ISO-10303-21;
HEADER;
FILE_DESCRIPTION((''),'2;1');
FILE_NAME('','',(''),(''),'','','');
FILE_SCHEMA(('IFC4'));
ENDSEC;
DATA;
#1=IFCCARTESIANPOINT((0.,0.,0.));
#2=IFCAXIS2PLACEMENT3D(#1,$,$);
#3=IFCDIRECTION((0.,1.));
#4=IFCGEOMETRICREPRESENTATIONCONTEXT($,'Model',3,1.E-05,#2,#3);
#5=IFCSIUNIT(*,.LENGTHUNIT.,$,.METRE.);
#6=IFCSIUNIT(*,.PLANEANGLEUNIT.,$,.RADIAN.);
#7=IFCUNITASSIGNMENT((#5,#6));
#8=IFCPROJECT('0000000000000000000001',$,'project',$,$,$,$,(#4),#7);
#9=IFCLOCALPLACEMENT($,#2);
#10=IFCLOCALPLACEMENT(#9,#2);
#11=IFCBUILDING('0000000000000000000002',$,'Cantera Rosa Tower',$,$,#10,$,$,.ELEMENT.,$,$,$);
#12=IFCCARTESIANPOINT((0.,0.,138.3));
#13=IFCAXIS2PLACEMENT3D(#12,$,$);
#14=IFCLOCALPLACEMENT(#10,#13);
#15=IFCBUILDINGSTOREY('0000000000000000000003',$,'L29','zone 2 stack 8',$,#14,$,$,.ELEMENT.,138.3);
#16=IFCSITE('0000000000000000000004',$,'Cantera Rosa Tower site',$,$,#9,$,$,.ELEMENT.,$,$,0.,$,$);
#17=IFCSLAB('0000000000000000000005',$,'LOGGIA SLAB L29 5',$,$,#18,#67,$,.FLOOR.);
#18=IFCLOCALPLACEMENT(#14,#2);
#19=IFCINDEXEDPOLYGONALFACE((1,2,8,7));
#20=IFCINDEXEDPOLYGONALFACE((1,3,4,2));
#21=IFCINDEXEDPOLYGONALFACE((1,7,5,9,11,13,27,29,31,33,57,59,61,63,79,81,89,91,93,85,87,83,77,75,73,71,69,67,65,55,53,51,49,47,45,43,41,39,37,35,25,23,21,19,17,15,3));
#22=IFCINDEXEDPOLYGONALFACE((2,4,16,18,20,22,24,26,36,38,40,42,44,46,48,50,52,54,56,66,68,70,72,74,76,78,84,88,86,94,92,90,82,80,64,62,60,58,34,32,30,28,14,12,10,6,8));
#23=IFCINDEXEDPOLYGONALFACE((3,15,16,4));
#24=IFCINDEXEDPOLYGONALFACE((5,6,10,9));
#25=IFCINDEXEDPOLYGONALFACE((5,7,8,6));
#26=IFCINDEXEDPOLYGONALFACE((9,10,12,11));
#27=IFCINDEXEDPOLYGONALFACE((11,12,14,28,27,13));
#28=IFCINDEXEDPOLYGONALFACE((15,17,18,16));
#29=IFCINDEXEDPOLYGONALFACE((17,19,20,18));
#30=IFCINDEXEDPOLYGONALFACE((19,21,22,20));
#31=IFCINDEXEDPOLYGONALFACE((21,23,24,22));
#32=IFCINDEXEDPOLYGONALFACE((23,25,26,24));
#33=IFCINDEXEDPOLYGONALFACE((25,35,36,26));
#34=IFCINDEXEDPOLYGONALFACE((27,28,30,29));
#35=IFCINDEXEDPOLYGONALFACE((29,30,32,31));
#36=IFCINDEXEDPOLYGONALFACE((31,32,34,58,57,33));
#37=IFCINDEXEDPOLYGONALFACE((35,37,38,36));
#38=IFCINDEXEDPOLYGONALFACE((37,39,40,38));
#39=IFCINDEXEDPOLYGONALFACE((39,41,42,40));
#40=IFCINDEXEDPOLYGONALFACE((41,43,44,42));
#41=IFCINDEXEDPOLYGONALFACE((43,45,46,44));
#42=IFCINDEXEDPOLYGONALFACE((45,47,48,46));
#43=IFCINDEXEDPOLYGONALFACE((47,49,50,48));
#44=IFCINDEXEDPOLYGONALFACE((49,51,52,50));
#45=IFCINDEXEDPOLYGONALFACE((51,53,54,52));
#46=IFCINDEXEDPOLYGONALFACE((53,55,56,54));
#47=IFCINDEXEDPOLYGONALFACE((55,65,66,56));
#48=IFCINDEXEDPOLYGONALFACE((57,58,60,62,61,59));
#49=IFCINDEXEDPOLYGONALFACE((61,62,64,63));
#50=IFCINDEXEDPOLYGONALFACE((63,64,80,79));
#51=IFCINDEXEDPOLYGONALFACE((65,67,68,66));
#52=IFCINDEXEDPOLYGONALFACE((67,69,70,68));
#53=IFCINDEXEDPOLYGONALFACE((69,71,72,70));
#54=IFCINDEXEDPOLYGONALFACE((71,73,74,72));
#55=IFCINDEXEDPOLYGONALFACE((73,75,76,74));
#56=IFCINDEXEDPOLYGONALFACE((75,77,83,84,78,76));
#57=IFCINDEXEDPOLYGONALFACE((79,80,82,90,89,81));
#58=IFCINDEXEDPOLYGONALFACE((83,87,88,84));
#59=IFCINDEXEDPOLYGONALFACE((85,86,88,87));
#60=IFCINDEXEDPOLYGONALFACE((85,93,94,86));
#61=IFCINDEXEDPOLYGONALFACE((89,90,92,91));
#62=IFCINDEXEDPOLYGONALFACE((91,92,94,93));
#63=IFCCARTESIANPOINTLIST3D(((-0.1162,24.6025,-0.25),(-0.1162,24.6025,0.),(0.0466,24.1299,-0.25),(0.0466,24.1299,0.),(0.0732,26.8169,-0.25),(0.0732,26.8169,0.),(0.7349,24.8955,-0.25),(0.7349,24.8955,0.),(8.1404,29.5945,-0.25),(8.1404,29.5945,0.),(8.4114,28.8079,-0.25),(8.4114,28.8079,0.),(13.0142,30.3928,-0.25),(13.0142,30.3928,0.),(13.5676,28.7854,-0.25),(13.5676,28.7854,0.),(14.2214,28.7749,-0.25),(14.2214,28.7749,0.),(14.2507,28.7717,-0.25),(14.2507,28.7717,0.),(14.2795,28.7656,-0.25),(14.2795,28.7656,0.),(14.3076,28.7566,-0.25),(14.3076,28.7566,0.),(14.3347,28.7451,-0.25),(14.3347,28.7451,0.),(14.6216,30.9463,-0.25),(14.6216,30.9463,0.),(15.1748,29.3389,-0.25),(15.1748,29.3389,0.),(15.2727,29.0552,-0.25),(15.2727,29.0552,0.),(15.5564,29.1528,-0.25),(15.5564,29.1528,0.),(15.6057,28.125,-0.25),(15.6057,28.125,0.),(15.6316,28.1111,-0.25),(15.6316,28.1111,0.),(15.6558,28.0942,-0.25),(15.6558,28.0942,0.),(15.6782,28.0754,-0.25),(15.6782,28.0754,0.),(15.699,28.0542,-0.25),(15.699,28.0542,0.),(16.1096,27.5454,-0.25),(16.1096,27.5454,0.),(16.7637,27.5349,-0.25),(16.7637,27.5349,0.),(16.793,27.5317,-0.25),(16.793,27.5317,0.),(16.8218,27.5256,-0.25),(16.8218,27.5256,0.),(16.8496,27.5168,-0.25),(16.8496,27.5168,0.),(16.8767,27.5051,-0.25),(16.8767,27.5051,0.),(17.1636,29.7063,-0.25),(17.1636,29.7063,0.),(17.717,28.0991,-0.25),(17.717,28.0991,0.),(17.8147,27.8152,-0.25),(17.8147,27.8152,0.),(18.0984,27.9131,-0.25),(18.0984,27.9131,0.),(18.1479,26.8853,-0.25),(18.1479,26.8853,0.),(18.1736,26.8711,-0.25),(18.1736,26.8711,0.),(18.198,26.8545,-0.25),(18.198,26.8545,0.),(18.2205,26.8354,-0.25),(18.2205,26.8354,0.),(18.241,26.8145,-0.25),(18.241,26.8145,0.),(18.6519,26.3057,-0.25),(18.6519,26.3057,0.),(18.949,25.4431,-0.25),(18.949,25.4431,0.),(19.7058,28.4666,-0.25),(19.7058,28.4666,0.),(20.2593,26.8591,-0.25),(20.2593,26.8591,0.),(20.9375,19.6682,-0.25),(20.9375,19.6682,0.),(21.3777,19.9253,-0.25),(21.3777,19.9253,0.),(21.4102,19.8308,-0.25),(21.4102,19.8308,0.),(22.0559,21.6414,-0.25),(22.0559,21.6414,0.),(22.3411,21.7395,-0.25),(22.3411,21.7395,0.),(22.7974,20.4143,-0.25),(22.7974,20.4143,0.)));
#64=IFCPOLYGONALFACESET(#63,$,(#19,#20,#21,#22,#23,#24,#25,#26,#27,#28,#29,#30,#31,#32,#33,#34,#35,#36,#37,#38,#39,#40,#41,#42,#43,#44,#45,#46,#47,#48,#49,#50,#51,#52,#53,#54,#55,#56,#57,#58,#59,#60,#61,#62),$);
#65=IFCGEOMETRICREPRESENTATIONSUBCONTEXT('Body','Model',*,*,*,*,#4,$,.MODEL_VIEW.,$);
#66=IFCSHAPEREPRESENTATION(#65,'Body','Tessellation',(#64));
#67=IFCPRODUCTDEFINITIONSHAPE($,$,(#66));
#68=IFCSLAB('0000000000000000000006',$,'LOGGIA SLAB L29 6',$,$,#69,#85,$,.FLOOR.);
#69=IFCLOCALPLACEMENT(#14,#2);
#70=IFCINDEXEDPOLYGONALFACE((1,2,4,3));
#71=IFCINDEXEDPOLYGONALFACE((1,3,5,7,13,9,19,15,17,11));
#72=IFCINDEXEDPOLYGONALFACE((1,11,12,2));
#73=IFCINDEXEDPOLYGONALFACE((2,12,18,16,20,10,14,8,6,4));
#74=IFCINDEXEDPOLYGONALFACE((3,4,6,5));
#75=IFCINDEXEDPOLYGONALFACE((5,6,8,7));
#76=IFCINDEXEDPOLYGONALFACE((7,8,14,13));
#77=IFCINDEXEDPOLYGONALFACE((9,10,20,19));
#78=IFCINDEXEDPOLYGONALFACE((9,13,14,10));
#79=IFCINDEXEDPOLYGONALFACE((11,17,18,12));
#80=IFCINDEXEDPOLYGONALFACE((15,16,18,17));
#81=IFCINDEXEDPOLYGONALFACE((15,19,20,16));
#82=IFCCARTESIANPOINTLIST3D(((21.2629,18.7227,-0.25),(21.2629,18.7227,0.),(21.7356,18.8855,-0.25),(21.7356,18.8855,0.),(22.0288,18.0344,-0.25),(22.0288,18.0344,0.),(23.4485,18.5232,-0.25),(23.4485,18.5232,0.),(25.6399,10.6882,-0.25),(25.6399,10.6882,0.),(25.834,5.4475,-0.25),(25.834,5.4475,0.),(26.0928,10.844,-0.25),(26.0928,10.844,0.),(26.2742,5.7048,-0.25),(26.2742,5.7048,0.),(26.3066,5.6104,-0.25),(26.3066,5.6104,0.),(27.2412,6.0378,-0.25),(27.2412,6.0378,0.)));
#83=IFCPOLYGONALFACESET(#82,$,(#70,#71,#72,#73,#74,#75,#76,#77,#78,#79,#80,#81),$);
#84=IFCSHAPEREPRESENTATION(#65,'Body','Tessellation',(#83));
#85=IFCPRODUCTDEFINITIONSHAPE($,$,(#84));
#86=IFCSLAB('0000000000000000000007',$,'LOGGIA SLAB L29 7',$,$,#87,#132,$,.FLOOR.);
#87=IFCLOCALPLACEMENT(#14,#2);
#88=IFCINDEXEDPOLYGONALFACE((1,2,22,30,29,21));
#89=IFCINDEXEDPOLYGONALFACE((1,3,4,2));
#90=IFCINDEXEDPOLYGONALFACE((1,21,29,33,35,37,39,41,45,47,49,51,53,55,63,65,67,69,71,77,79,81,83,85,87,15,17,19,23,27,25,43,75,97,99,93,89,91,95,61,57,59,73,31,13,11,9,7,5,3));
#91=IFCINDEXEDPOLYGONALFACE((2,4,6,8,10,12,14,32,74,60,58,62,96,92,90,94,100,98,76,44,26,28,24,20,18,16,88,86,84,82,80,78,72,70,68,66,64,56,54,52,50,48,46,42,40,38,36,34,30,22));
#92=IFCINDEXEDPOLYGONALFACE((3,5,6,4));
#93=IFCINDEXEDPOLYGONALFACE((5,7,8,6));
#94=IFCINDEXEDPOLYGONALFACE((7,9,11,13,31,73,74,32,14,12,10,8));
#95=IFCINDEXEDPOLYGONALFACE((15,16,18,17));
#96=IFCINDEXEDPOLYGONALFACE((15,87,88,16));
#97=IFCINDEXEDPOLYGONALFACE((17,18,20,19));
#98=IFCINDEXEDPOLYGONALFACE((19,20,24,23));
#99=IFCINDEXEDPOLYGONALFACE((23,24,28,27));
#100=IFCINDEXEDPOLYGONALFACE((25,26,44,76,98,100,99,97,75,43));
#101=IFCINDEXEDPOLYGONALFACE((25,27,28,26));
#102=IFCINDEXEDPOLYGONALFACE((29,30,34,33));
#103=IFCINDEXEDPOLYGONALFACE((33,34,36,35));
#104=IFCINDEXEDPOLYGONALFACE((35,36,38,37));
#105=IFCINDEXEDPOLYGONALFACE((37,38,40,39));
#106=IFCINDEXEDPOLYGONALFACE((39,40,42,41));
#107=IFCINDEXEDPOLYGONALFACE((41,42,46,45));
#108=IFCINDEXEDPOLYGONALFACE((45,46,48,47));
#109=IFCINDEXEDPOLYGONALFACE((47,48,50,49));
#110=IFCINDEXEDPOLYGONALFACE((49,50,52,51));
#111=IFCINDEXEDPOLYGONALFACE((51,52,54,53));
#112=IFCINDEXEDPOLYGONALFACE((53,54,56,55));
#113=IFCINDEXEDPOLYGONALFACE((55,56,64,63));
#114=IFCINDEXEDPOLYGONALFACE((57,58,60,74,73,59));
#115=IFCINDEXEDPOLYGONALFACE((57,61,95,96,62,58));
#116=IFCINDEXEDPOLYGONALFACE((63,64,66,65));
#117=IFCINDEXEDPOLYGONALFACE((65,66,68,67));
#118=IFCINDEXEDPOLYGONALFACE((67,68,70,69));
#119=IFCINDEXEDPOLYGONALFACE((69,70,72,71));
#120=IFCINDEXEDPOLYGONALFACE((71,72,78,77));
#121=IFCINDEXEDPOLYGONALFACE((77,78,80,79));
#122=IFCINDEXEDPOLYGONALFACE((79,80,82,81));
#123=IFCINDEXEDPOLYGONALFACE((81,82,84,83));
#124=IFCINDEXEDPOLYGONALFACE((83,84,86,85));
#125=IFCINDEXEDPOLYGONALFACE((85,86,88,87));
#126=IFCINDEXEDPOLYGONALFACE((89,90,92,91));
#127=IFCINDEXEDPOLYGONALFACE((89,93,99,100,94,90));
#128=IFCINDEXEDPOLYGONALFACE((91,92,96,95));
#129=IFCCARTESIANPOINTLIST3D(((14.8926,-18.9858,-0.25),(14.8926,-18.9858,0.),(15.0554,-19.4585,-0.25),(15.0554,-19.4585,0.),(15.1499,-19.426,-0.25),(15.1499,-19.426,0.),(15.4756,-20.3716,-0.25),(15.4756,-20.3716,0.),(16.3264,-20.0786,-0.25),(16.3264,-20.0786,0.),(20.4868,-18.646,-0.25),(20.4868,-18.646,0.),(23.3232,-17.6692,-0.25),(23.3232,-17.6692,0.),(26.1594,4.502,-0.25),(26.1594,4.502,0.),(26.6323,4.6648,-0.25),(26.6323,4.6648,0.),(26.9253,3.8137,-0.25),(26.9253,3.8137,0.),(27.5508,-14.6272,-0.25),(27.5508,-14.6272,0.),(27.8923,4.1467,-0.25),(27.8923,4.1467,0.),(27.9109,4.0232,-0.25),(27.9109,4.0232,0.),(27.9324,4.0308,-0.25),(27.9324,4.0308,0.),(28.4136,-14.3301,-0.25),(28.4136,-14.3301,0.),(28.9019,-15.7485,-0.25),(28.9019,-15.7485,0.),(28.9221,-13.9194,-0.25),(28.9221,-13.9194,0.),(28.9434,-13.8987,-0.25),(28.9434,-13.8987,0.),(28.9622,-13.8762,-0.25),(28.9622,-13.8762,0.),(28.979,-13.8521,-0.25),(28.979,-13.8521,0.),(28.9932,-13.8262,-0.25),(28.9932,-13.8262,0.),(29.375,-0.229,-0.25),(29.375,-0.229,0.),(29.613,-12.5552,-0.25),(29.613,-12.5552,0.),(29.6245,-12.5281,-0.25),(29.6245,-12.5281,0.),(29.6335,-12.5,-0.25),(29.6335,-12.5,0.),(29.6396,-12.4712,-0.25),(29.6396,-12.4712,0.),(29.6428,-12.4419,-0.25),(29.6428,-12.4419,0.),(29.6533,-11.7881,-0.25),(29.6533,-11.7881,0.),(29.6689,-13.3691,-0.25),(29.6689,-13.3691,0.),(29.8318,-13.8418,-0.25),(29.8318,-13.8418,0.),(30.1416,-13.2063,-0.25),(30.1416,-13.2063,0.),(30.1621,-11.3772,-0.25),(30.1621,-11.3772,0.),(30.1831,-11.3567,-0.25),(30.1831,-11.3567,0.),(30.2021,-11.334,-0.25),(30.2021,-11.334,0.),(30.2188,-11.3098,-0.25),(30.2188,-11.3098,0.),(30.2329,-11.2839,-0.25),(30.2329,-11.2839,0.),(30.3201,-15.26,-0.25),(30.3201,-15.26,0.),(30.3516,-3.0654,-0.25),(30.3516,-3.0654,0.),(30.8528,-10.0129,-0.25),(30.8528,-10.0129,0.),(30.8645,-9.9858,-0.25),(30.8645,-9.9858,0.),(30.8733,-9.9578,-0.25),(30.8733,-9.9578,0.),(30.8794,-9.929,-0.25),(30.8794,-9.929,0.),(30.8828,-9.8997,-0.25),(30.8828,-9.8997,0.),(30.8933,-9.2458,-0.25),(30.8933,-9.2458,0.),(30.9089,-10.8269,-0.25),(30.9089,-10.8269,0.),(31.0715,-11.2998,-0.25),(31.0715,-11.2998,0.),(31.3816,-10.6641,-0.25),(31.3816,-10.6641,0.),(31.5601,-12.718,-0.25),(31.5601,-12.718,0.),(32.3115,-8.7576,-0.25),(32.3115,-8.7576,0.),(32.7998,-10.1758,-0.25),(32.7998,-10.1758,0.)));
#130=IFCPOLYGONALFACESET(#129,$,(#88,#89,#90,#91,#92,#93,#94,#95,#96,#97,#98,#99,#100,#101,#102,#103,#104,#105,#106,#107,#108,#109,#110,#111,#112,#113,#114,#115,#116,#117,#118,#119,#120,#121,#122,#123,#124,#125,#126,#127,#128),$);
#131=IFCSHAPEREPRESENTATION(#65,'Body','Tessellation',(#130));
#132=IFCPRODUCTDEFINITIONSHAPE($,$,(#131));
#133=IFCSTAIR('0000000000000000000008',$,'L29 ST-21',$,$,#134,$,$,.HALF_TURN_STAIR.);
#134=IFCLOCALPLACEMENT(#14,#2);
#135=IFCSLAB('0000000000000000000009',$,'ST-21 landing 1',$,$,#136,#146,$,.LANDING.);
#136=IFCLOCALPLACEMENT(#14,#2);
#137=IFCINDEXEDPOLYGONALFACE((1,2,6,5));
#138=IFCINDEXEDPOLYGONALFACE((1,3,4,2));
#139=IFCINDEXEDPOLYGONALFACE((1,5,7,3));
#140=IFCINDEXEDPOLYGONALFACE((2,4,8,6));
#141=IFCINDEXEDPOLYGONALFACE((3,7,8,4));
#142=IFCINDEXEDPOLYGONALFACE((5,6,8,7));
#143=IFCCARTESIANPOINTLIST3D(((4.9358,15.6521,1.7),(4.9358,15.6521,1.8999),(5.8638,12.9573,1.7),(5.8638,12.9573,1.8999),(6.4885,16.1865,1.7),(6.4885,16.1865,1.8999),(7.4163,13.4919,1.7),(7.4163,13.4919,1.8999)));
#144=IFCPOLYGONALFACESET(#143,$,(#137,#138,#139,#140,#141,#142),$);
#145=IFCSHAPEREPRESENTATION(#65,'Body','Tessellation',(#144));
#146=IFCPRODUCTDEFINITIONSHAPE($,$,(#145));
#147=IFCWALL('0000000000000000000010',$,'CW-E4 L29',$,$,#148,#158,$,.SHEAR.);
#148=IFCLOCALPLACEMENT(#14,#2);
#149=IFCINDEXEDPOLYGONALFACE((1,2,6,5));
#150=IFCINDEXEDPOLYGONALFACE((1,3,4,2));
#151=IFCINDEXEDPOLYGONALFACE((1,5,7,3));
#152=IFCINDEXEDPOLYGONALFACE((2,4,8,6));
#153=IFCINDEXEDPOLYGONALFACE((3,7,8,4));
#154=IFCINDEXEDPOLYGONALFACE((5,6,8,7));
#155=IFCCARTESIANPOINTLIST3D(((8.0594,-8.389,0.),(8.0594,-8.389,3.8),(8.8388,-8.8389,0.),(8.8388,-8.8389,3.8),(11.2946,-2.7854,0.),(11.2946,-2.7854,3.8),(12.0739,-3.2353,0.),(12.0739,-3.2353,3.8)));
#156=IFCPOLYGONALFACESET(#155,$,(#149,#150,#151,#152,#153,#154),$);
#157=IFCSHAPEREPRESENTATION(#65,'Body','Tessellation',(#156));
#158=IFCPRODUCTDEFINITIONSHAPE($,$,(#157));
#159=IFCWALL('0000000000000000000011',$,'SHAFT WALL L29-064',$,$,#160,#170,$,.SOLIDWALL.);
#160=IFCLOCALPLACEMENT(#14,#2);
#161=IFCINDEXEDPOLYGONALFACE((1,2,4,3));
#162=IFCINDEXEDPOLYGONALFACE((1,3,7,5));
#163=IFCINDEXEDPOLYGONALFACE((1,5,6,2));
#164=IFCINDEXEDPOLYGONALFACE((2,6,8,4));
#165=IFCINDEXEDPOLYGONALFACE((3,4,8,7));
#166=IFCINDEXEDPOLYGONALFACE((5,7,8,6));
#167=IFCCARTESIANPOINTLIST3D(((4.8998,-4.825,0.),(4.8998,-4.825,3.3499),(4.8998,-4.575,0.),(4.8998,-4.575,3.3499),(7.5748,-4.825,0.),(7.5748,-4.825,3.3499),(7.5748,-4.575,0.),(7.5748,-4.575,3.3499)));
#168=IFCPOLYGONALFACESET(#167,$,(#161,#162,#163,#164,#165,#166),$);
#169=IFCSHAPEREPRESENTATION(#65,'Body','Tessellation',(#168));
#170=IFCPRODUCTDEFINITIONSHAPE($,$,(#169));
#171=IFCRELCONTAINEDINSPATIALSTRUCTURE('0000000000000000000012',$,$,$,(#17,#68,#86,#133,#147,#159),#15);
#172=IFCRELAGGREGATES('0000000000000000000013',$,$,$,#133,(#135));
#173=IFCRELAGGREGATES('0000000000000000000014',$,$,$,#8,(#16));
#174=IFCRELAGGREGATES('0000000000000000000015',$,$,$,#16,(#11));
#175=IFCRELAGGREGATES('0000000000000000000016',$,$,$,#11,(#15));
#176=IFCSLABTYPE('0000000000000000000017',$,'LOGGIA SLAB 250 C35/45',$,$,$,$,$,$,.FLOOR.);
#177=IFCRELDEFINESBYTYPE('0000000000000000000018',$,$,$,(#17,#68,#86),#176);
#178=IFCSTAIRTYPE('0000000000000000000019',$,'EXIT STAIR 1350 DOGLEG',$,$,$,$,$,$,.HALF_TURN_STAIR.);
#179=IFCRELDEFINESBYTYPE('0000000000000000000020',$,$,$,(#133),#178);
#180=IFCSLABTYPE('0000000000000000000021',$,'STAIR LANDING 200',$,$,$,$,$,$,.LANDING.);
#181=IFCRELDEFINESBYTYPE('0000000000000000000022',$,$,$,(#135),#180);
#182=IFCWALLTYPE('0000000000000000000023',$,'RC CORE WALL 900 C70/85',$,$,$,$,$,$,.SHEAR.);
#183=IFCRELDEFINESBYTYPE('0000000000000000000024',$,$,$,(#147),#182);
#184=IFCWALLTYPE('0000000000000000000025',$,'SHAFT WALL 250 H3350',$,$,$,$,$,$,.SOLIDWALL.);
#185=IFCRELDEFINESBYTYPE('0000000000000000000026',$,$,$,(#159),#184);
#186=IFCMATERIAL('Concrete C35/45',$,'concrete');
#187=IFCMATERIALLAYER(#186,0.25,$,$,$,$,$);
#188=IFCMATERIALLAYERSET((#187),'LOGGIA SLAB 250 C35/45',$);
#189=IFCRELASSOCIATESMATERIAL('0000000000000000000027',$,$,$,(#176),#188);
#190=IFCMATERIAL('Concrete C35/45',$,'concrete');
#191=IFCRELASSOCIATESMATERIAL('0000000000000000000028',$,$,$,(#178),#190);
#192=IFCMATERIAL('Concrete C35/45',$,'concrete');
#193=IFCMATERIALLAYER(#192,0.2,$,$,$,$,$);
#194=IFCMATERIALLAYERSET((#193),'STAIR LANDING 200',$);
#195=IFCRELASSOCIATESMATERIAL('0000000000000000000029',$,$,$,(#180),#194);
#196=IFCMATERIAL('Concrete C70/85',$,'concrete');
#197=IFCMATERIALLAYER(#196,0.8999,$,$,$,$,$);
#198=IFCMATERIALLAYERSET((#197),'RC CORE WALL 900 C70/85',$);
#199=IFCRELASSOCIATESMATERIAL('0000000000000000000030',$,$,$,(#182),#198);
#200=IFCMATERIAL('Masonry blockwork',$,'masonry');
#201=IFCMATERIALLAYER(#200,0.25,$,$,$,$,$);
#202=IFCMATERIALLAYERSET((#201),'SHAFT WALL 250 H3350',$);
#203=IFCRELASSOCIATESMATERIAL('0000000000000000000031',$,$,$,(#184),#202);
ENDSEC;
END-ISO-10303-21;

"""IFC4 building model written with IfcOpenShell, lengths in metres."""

from ifc_helpers import new_model, si_unit, direction, frame, frame_2d, origin, place, context, subcontext, project, spatial, polyline, rectangle, outline, extrude, material, layer, layer_set, type_object, element, aggregate, save


model = new_model("IFC4")

# Units and contexts
model_context = context("Model", 3, precision=1e-05, world=origin(), true_north=direction((0.0, 1.0)))
body_context = subcontext(model_context, "Body", "Model", "MODEL_VIEW")
ifc_project = project(units=[si_unit("LENGTHUNIT", "METRE"), si_unit("PLANEANGLEUNIT", "RADIAN")], contexts=[model_context])

# Site, building, storey
site_placement = place(None, origin())
site = spatial("IfcSite", under=ifc_project, at=site_placement, Name="Cantera Rosa Tower site", CompositionType="ELEMENT", RefElevation=0.0)
building_placement = place(site_placement, origin())
building = spatial("IfcBuilding", under=site, at=building_placement, Name="Cantera Rosa Tower", CompositionType="ELEMENT")
storey_placement = place(building_placement, frame((0.0, 0.0, 138.3)))
storey = spatial("IfcBuildingStorey", under=building, at=storey_placement, Name="L29", Description="zone 2 stack 8", CompositionType="ELEMENT", Elevation=138.3)

# Slabs
ifc_material_1 = material(Name="Concrete C35/45", Category="concrete")
ifc_layer_1 = layer(ifc_material_1, 0.25)
ifc_layer_set_1 = layer_set([ifc_layer_1], Name="LOGGIA SLAB 250 C35/45")
slab_type_1 = type_object("IfcSlabType", Name="LOGGIA SLAB 250 C35/45", PredefinedType="FLOOR", material=ifc_layer_set_1)
slab_1_placement = place(storey_placement, frame((0.0, 0.0, -0.25)))
element("IfcSlab", 1, at=slab_1_placement, inside=storey, type_object=slab_type_1, Name="LOGGIA SLAB L29 5", PredefinedType="FLOOR", context=body_context, shape_type="SweptSolid", body=[
    extrude(outline(polyline([(13.0142, 30.3928), (14.6216, 30.9463), (15.1748, 29.3389), (15.2727, 29.0552), (15.5564, 29.1528), (17.1636, 29.7063), (17.717, 28.0991), (17.8147, 27.8152), (18.0984, 27.9131), (19.7058, 28.4666), (20.2593, 26.8591), (22.0559, 21.6414), (22.3411, 21.7395), (22.7974, 20.4143), (21.3777, 19.9253), (21.4102, 19.8308), (20.9375, 19.6682), (18.949, 25.4431), (18.6519, 26.3057), (18.241, 26.8145), (18.2205, 26.8354), (18.198, 26.8545), (18.1736, 26.8711), (18.1479, 26.8853), (16.8767, 27.5051), (16.8496, 27.5168), (16.8218, 27.5256), (16.793, 27.5317), (16.7637, 27.5349), (16.1096, 27.5454), (15.699, 28.0542), (15.6782, 28.0754), (15.6558, 28.0942), (15.6316, 28.1111), (15.6057, 28.125), (14.3347, 28.7451), (14.3076, 28.7566), (14.2795, 28.7656), (14.2507, 28.7717), (14.2214, 28.7749), (13.5676, 28.7854), (0.0466, 24.1299), (-0.1162, 24.6025), (0.7349, 24.8955), (0.0732, 26.8169), (8.1404, 29.5945), (8.4114, 28.8079), (13.0142, 30.3928)])), origin(), (0.0, 0.0, 1.0), 0.25),
])
slab_2_placement = place(storey_placement, frame((0.0, 0.0, -0.25)))
element("IfcSlab", 2, at=slab_2_placement, inside=storey, type_object=slab_type_1, Name="LOGGIA SLAB L29 6", PredefinedType="FLOOR", context=body_context, shape_type="SweptSolid", body=[
    extrude(outline(polyline([(27.2412, 6.0378), (26.2742, 5.7048), (26.3066, 5.6104), (25.834, 5.4475), (21.2629, 18.7227), (21.7356, 18.8855), (22.0288, 18.0344), (23.4485, 18.5232), (26.0928, 10.844), (25.6399, 10.6882), (27.2412, 6.0378)])), origin(), (0.0, 0.0, 1.0), 0.25),
])
slab_3_placement = place(storey_placement, frame((0.0, 0.0, -0.25)))
element("IfcSlab", 3, at=slab_3_placement, inside=storey, type_object=slab_type_1, Name="LOGGIA SLAB L29 7", PredefinedType="FLOOR", context=body_context, shape_type="SweptSolid", body=[
    extrude(outline(polyline([(29.375, -0.229), (30.3516, -3.0654), (32.3115, -8.7576), (32.7998, -10.1758), (31.3816, -10.6641), (30.9089, -10.8269), (31.0715, -11.2998), (31.5601, -12.718), (30.1416, -13.2063), (29.6689, -13.3691), (29.8318, -13.8418), (30.3201, -15.26), (28.9019, -15.7485), (23.3232, -17.6692), (20.4868, -18.646), (16.3264, -20.0786), (15.4756, -20.3716), (15.1499, -19.426), (15.0554, -19.4585), (14.8926, -18.9858), (27.5508, -14.6272), (28.4136, -14.3301), (28.9221, -13.9194), (28.9434, -13.8987), (28.9622, -13.8762), (28.979, -13.8521), (28.9932, -13.8262), (29.613, -12.5552), (29.6245, -12.5281), (29.6335, -12.5), (29.6396, -12.4712), (29.6428, -12.4419), (29.6533, -11.7881), (30.1621, -11.3772), (30.1831, -11.3567), (30.2021, -11.334), (30.2188, -11.3098), (30.2329, -11.2839), (30.8528, -10.0129), (30.8645, -9.9858), (30.8733, -9.9578), (30.8794, -9.929), (30.8828, -9.8997), (30.8933, -9.2458), (26.1594, 4.502), (26.6323, 4.6648), (26.9253, 3.8137), (27.8923, 4.1467), (27.9324, 4.0308), (27.9109, 4.0232), (29.375, -0.229)])), origin(), (0.0, 0.0, 1.0), 0.25),
])

# Stair, slab
ifc_material_2 = material(Name="Concrete C35/45", Category="concrete")
stair_type = type_object("IfcStairType", Name="EXIT STAIR 1350 DOGLEG", PredefinedType="HALF_TURN_STAIR", material=ifc_material_2)
stair_placement = place(storey_placement, origin())
stair = element("IfcStair", 4, at=stair_placement, inside=storey, type_object=stair_type, Name="L29 ST-21", PredefinedType="HALF_TURN_STAIR")
ifc_material_3 = material(Name="Concrete C35/45", Category="concrete")
ifc_layer_2 = layer(ifc_material_3, 0.2)
ifc_layer_set_2 = layer_set([ifc_layer_2], Name="STAIR LANDING 200")
slab_type_2 = type_object("IfcSlabType", Name="STAIR LANDING 200", PredefinedType="LANDING", material=ifc_layer_set_2)
slab_4_placement = place(storey_placement, frame((0.0, 0.0, 1.7)))
slab_4 = element("IfcSlab", 5, at=slab_4_placement, type_object=slab_type_2, Name="ST-21 landing 1", PredefinedType="LANDING", context=body_context, shape_type="SweptSolid", body=[
    extrude(outline(polyline([(6.4885, 16.1865), (4.9358, 15.6521), (5.8638, 12.9573), (7.4163, 13.4919), (6.4885, 16.1865)])), origin(), (0.0, 0.0, 1.0), 0.2),
])
aggregate(stair, [slab_4])

# Walls
ifc_material_4 = material(Name="Concrete C70/85", Category="concrete")
ifc_layer_3 = layer(ifc_material_4, 0.8999)
ifc_layer_set_3 = layer_set([ifc_layer_3], Name="RC CORE WALL 900 C70/85")
wall_type_1 = type_object("IfcWallType", Name="RC CORE WALL 900 C70/85", PredefinedType="SHEAR", material=ifc_layer_set_3)
wall_1_placement = place(storey_placement, frame((11.6843, -3.0103, 0.0), z_axis=(0.0, 0.0, 1.0), x_axis=(-0.49999, -0.866031, 0.0)))
element("IfcWall", 6, at=wall_1_placement, inside=storey, type_object=wall_type_1, Name="CW-E4 L29", PredefinedType="SHEAR", context=body_context, shape_type="SweptSolid", body=[
    extrude(rectangle(XDim=6.4705, YDim=0.8999, at=frame_2d((3.2354, 0.0))), origin(), (0.0, 0.0, 1.0), 3.8),
])
ifc_material_5 = material(Name="Masonry blockwork", Category="masonry")
ifc_layer_4 = layer(ifc_material_5, 0.25)
ifc_layer_set_4 = layer_set([ifc_layer_4], Name="SHAFT WALL 250 H3350")
wall_type_2 = type_object("IfcWallType", Name="SHAFT WALL 250 H3350", PredefinedType="SOLIDWALL", material=ifc_layer_set_4)
wall_2_placement = place(storey_placement, frame((4.8999, -4.7, 0.0), z_axis=(0.0, 0.0, 1.0), x_axis=(1.0, 0.0, 0.0)))
element("IfcWall", 7, at=wall_2_placement, inside=storey, type_object=wall_type_2, Name="SHAFT WALL L29-064", PredefinedType="SOLIDWALL", context=body_context, shape_type="SweptSolid", body=[
    extrude(rectangle(XDim=2.675, YDim=0.25, at=frame_2d((1.3374, 0.0))), origin(), (0.0, 0.0, 1.0), 3.3499),
])

save(model, "model.ifc")
